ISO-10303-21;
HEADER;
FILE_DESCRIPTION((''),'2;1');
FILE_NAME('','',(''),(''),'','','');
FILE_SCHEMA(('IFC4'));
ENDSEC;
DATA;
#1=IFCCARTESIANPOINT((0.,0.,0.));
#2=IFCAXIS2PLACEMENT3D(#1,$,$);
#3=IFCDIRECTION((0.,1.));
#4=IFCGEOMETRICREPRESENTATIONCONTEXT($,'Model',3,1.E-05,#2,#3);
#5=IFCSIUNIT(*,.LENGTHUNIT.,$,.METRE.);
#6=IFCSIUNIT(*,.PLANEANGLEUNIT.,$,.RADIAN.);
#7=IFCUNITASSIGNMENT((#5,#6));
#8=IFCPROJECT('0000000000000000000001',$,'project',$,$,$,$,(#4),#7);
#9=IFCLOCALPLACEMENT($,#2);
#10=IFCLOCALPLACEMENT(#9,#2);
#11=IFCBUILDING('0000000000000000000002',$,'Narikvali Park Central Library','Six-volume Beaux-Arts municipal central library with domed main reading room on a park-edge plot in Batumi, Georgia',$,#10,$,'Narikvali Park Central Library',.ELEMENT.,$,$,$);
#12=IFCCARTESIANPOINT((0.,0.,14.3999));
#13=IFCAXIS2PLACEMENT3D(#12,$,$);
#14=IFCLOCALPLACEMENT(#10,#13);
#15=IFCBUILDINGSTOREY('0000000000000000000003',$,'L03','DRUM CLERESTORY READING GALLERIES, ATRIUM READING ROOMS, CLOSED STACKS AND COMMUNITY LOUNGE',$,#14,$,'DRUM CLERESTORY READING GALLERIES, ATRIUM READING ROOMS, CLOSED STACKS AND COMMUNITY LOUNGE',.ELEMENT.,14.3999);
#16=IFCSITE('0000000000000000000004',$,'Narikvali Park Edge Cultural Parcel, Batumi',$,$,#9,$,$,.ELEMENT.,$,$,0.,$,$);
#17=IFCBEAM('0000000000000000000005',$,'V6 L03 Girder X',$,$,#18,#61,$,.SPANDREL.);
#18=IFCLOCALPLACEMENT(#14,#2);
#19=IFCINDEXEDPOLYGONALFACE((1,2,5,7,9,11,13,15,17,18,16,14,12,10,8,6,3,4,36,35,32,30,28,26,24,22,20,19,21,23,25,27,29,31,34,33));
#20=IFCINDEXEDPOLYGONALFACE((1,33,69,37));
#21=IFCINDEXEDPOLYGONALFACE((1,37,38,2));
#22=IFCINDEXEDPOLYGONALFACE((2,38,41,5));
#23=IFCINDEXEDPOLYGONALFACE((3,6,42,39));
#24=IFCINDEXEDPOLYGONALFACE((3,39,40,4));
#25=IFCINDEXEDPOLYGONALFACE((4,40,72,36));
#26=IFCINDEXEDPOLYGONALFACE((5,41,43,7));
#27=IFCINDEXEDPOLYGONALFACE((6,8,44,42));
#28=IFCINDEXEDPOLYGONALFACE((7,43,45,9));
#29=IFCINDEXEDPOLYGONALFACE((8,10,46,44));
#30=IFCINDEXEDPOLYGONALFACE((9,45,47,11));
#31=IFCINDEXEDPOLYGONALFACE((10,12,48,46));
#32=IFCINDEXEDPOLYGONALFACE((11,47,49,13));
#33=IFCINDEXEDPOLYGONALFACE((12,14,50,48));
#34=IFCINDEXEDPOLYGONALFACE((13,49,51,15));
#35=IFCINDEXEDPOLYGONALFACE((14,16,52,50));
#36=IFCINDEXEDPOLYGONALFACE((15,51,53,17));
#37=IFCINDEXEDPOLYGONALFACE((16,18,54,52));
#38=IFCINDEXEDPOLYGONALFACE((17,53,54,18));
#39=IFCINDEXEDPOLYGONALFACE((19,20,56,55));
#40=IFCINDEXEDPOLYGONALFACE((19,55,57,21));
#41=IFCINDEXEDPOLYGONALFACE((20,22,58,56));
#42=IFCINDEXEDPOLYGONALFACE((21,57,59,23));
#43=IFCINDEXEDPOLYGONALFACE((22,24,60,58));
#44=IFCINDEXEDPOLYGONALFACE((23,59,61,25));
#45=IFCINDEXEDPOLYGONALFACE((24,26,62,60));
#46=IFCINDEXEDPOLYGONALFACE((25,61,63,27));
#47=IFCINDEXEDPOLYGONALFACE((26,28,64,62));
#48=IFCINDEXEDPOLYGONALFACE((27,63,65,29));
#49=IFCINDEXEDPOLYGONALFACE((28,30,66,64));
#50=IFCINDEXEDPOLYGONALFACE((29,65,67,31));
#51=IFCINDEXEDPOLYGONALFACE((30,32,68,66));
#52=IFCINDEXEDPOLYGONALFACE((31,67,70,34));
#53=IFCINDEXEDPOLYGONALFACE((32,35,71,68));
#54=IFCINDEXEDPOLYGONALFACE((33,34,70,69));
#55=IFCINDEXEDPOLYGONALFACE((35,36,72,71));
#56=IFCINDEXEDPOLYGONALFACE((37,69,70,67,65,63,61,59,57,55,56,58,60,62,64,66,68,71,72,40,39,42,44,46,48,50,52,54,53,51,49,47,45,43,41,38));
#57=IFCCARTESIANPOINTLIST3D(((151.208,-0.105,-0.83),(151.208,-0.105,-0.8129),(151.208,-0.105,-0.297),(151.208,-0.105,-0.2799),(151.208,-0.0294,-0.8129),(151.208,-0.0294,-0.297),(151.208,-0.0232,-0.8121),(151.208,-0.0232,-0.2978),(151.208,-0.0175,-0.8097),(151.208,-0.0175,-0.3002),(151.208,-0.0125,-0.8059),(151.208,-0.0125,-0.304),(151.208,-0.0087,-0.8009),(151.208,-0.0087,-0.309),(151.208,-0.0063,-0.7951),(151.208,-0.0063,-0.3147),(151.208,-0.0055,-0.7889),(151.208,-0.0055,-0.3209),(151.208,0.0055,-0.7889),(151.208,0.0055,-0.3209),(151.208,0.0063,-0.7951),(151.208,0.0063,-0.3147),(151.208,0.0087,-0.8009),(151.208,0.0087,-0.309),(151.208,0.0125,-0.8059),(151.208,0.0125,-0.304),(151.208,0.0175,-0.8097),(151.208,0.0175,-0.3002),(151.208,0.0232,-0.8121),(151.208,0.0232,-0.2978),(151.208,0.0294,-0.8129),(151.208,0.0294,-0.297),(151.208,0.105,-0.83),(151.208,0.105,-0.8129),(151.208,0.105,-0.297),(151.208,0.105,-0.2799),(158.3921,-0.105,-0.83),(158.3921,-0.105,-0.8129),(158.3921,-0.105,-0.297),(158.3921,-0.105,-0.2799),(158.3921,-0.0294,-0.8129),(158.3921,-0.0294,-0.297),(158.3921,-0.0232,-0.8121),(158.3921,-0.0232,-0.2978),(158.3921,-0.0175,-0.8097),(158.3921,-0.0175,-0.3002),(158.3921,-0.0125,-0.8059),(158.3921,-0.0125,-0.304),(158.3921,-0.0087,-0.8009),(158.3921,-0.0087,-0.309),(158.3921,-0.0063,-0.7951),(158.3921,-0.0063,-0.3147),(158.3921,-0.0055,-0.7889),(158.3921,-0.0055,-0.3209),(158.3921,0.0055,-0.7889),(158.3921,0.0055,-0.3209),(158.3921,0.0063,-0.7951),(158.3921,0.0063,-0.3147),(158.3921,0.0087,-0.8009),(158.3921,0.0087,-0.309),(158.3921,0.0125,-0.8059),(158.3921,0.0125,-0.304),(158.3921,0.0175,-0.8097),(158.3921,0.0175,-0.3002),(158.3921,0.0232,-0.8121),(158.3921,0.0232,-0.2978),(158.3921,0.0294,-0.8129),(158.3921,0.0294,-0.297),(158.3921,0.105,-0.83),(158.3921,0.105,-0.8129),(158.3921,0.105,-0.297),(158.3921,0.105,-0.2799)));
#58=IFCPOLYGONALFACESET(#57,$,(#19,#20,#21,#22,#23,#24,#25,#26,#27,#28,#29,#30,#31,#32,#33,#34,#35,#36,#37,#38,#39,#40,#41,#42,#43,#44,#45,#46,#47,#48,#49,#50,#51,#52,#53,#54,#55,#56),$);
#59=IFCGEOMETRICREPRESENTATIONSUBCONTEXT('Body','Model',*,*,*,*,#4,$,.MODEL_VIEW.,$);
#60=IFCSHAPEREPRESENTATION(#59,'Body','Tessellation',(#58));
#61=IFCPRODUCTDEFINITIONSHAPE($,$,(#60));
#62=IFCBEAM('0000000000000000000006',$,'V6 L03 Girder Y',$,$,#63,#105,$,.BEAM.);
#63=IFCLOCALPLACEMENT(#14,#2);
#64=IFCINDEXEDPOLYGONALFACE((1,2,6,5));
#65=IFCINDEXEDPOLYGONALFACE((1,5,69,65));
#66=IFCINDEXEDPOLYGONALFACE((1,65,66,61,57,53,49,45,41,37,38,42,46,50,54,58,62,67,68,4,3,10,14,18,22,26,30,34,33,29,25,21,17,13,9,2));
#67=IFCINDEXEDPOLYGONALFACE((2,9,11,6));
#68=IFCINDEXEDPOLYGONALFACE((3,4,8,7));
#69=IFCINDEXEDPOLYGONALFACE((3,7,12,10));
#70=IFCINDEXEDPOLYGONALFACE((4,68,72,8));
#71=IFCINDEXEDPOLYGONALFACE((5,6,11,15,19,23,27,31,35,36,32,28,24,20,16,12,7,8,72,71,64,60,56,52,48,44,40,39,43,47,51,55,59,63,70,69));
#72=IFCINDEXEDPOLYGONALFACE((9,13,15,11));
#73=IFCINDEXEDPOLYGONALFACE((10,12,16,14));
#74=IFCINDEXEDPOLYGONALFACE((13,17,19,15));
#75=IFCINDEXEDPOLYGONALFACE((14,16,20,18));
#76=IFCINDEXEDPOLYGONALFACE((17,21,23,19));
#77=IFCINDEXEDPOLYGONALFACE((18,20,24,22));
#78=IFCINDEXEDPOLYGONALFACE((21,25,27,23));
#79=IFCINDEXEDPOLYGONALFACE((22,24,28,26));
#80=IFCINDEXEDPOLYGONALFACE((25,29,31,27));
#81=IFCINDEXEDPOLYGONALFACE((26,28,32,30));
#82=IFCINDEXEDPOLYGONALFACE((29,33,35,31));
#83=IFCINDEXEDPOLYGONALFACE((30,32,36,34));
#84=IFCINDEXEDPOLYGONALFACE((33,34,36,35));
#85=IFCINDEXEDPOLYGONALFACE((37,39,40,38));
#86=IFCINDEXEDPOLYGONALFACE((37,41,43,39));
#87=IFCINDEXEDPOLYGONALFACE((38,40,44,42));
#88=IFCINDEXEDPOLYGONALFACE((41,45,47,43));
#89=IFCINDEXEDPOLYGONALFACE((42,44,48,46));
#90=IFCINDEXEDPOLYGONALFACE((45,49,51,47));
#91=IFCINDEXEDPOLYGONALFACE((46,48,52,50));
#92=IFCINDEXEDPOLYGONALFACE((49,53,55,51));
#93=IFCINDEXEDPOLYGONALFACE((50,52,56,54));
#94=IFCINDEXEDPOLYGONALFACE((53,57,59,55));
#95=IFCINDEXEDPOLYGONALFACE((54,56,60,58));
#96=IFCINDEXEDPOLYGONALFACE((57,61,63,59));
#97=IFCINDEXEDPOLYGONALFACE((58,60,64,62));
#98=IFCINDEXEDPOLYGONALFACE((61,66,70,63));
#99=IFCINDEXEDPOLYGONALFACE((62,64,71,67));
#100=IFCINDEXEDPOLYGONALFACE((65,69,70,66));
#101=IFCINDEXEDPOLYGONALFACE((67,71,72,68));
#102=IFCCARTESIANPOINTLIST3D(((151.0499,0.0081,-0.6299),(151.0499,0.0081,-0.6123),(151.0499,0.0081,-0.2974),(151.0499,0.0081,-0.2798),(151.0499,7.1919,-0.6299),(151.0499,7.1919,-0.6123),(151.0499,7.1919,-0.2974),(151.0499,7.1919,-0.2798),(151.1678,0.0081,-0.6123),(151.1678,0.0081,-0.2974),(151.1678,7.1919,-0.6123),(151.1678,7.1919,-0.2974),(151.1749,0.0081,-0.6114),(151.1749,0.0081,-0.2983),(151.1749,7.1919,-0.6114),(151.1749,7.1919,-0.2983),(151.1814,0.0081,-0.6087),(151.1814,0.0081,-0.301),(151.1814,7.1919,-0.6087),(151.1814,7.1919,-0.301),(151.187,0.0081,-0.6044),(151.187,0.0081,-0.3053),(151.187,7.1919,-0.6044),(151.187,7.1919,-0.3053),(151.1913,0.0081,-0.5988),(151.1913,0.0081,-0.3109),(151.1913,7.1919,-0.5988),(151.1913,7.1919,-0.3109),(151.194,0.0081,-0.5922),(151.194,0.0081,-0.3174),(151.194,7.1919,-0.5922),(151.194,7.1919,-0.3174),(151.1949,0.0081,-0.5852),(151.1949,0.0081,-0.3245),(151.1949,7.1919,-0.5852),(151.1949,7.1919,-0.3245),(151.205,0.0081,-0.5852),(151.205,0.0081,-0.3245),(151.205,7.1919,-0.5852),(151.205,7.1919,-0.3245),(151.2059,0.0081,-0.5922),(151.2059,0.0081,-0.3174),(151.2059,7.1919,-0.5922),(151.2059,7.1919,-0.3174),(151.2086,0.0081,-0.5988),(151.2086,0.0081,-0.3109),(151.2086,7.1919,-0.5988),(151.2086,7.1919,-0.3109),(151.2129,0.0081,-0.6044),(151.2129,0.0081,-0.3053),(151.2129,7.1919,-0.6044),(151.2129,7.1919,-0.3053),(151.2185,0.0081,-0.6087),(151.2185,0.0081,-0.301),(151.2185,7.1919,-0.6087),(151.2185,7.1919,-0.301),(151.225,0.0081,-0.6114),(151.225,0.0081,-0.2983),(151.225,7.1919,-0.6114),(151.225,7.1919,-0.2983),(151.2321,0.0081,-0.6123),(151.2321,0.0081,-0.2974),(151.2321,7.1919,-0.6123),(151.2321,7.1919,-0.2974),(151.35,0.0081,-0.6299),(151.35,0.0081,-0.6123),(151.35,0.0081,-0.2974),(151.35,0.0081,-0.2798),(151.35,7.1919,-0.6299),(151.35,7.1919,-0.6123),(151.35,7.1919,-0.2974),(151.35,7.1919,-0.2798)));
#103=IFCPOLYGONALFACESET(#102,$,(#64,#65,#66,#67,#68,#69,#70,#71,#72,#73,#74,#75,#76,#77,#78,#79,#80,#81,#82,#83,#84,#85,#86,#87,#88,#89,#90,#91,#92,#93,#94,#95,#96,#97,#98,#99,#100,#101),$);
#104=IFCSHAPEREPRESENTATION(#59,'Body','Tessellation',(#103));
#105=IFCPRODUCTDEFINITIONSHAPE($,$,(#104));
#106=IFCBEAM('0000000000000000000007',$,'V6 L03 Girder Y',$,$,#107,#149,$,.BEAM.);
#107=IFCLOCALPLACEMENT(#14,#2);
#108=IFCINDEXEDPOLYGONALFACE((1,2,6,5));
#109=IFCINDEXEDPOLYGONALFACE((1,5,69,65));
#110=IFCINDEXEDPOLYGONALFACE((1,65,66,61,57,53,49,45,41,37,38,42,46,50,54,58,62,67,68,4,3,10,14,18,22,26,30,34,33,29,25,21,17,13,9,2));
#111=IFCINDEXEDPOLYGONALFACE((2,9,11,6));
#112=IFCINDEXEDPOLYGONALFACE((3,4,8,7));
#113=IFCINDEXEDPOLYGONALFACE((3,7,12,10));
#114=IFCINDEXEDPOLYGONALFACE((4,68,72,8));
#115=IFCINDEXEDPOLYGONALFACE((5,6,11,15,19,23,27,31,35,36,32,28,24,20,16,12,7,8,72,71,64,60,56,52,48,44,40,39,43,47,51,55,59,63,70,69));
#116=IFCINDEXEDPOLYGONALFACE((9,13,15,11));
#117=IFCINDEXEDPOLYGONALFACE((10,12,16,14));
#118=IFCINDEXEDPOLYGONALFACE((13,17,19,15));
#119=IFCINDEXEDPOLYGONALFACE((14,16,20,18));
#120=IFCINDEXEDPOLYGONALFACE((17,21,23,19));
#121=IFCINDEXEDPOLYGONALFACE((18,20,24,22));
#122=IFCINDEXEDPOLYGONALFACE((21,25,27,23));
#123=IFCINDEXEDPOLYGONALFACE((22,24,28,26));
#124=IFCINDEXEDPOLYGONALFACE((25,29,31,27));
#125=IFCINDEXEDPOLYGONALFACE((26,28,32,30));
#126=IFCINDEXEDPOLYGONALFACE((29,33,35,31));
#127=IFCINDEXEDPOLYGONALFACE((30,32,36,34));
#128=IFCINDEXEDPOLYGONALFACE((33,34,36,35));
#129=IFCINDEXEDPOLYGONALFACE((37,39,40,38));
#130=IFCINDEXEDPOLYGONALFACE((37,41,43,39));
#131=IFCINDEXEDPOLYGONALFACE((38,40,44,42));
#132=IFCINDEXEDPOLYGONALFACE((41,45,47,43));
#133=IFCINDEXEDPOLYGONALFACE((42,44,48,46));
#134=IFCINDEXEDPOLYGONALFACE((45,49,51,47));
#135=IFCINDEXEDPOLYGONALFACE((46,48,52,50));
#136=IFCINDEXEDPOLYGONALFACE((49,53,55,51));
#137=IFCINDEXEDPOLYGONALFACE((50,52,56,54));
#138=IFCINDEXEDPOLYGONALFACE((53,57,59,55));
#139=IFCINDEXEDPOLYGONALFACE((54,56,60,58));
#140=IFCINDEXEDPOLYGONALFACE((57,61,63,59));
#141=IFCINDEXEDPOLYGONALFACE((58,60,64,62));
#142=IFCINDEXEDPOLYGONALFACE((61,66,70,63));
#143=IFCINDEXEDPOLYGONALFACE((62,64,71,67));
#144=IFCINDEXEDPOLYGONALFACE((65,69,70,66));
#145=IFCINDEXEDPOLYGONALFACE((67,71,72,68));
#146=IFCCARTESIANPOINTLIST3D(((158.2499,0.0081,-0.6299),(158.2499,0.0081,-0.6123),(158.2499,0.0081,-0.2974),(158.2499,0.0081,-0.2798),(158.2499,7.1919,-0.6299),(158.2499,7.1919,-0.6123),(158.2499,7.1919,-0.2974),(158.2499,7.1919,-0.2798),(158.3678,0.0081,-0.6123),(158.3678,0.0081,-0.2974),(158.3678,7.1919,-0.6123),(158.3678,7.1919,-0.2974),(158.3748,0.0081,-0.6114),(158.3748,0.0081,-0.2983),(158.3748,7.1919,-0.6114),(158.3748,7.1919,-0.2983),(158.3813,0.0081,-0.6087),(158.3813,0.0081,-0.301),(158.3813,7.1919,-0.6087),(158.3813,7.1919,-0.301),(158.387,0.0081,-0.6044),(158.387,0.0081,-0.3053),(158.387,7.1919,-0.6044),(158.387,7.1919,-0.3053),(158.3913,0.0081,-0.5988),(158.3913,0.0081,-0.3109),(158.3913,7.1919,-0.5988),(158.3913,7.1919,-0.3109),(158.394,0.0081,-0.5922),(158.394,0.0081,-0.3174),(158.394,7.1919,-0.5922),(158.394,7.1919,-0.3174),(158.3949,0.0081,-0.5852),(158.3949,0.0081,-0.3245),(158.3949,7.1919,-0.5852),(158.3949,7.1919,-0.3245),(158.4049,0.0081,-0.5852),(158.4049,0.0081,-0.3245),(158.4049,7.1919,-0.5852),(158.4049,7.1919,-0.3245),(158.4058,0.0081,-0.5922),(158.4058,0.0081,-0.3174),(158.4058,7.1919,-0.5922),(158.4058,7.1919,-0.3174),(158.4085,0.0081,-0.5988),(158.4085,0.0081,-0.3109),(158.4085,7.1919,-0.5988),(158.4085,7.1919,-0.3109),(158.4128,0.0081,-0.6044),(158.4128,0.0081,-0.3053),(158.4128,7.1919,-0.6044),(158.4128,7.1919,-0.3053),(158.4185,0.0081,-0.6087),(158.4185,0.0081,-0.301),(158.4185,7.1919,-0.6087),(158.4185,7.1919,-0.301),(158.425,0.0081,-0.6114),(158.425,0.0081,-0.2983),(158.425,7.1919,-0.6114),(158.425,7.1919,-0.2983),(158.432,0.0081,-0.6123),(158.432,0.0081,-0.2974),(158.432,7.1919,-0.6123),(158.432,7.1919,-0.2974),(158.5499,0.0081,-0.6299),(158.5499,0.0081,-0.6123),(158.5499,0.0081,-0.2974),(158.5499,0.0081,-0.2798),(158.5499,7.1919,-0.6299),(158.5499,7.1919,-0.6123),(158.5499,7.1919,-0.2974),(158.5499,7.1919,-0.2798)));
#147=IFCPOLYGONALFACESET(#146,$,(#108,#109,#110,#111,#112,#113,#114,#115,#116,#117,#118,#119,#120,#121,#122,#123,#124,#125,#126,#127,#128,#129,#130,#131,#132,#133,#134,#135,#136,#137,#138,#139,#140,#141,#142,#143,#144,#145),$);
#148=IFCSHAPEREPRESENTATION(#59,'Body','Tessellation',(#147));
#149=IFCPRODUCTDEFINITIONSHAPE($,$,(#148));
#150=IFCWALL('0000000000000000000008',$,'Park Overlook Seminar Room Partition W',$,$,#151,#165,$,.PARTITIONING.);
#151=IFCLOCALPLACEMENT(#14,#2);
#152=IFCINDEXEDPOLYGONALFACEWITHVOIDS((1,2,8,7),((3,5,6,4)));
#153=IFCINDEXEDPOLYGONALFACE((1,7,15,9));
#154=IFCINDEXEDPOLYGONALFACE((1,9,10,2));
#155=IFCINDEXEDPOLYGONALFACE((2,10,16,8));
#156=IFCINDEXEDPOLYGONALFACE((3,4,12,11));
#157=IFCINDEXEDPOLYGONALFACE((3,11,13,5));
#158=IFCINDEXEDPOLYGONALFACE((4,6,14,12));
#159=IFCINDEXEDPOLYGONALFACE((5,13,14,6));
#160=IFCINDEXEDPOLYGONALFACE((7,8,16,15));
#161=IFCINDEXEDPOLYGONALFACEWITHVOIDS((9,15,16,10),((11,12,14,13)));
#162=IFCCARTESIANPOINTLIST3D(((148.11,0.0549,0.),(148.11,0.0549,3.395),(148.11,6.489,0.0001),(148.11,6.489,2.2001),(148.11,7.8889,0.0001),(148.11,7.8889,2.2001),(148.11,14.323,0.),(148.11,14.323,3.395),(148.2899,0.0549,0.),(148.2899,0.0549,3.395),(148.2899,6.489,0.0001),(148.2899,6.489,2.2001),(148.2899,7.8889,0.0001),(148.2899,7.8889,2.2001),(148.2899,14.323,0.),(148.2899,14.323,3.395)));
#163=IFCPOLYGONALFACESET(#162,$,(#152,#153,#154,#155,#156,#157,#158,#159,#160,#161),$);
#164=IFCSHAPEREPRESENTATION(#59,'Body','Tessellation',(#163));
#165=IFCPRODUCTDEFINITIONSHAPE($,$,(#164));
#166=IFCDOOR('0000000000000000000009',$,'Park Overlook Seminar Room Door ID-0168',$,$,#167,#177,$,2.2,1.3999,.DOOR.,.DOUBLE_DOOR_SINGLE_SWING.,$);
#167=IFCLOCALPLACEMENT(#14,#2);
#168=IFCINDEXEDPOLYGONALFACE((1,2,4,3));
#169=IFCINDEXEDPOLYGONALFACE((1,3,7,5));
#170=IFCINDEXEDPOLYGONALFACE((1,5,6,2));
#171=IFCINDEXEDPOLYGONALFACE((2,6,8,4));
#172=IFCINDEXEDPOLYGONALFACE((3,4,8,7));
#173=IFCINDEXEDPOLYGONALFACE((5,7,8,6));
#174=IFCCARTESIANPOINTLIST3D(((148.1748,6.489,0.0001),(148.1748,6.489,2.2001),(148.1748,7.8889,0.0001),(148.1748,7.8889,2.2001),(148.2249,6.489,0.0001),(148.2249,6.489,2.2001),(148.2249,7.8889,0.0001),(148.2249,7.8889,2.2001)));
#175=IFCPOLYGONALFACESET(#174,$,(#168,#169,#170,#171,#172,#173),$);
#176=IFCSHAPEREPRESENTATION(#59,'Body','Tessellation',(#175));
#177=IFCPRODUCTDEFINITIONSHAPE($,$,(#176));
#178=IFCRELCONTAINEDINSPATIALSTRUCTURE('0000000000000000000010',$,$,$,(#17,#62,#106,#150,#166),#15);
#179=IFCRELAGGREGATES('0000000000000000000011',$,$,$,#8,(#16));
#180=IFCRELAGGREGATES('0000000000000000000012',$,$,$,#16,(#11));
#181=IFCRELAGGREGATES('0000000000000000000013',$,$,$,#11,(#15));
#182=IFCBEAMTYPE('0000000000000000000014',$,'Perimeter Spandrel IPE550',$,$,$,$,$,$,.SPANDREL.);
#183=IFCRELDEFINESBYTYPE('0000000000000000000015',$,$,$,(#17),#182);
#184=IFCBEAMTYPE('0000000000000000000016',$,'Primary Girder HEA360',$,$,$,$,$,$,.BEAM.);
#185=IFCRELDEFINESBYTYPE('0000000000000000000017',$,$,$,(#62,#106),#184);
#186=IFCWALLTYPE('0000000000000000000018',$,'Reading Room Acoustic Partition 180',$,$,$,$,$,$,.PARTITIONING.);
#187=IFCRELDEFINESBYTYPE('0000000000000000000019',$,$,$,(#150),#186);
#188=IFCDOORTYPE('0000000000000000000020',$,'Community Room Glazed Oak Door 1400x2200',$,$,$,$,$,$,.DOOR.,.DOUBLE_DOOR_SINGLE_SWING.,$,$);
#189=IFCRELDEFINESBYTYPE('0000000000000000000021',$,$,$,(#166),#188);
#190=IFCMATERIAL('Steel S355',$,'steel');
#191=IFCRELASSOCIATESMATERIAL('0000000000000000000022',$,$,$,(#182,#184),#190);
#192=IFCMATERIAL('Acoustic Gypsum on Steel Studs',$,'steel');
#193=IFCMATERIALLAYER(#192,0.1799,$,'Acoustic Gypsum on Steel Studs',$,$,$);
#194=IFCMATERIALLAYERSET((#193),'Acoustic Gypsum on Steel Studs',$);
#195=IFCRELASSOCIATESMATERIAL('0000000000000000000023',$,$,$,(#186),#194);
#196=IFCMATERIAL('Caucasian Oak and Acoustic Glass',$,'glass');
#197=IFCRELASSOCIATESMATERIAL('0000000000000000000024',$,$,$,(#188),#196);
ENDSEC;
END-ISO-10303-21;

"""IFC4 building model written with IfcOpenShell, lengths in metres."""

from ifc_helpers import new_model, si_unit, direction, frame, frame_2d, origin, origin_2d, place, context, subcontext, project, spatial, rectangle, i_section, extrude, material, layer, layer_set, material_profile, profile_set, type_object, element, fill, save


model = new_model("IFC4")

# Units and contexts
model_context = context("Model", 3, precision=1e-05, world=origin(), true_north=direction((0.0, 1.0)))
body_context = subcontext(model_context, "Body", "Model", "MODEL_VIEW")
ifc_project = project(units=[si_unit("LENGTHUNIT", "METRE"), si_unit("PLANEANGLEUNIT", "RADIAN")], contexts=[model_context])

# Site, building, storey
site_placement = place(None, origin())
site = spatial("IfcSite", under=ifc_project, at=site_placement, Name="Narikvali Park Edge Cultural Parcel, Batumi", CompositionType="ELEMENT", RefElevation=0.0)
building_placement = place(site_placement, origin())
building = spatial("IfcBuilding", under=site, at=building_placement, Name="Narikvali Park Central Library", Description="Six-volume Beaux-Arts municipal central library with domed main reading room on a park-edge plot in Batumi, Georgia", LongName="Narikvali Park Central Library", CompositionType="ELEMENT")
storey_placement = place(building_placement, frame((0.0, 0.0, 14.3999)))
storey = spatial("IfcBuildingStorey", under=building, at=storey_placement, Name="L03", Description="DRUM CLERESTORY READING GALLERIES, ATRIUM READING ROOMS, CLOSED STACKS AND COMMUNITY LOUNGE", LongName="DRUM CLERESTORY READING GALLERIES, ATRIUM READING ROOMS, CLOSED STACKS AND COMMUNITY LOUNGE", CompositionType="ELEMENT", Elevation=14.3999)

# Shared definitions
ifc_material_1 = material(Name="Steel S355", Category="steel")

# Beams
ifc_material_profile_1 = material_profile(ifc_material_1, i_section(OverallWidth=0.21, OverallDepth=0.55, WebThickness=0.011, FlangeThickness=0.0171, FilletRadius=0.0239, at=origin_2d()), Name="IPE 550")
ifc_profile_set_1 = profile_set([ifc_material_profile_1], Name="Steel S355")
beam_type_1 = type_object("IfcBeamType", Name="Perimeter Spandrel IPE550", PredefinedType="SPANDREL", material=ifc_profile_set_1)
beam_1_placement = place(storey_placement, frame((151.208, 0.0, -0.5549), z_axis=(1.0, 0.0, 0.0), x_axis=(0.0, 1.0, 0.0)))
element("IfcBeam", 1, at=beam_1_placement, inside=storey, type_object=beam_type_1, Name="V6 L03 Girder X", PredefinedType="SPANDREL", context=body_context, shape_type="SweptSolid", body=[
    extrude(i_section(OverallWidth=0.21, OverallDepth=0.55, WebThickness=0.011, FlangeThickness=0.0171, FilletRadius=0.0239, at=origin_2d()), origin(), (0.0, 0.0, 1.0), 7.1841),
])
ifc_material_profile_2 = material_profile(ifc_material_1, i_section(OverallWidth=0.3, OverallDepth=0.3501, WebThickness=0.01, FlangeThickness=0.0176, FilletRadius=0.0271, at=origin_2d()), Name="HEA 360")
ifc_profile_set_2 = profile_set([ifc_material_profile_2], Name="Steel S355")
beam_type_2 = type_object("IfcBeamType", Name="Primary Girder HEA360", PredefinedType="BEAM", material=ifc_profile_set_2)
for number, where, z_axis, x_axis, name in (
    (2, (151.2, 0.0081, -0.4548), (0.0, 1.0, 0.0), (-1.0, 0.0, 0.0), "V6 L03 Girder Y"),
    (3, (158.3999, 0.0081, -0.4548), (0.0, 1.0, 0.0), (-1.0, 0.0, 0.0), "V6 L03 Girder Y"),
):
    element("IfcBeam", number, at=place(storey_placement, frame(where, z_axis=z_axis, x_axis=x_axis)), inside=storey, type_object=beam_type_2, Name=name, PredefinedType="BEAM", context=body_context, shape_type="SweptSolid", body=[
        extrude(i_section(OverallWidth=0.3, OverallDepth=0.3501, WebThickness=0.01, FlangeThickness=0.0176, FilletRadius=0.0271, at=origin_2d()), origin(), (0.0, 0.0, 1.0), 7.1838),
    ])

# Wall, opening, door
ifc_material_2 = material(Name="Acoustic Gypsum on Steel Studs", Category="steel")
ifc_layer_1 = layer(ifc_material_2, 0.1799, Name="Acoustic Gypsum on Steel Studs")
ifc_layer_set_1 = layer_set([ifc_layer_1], Name="Acoustic Gypsum on Steel Studs")
wall_type_1 = type_object("IfcWallType", Name="Reading Room Acoustic Partition 180", PredefinedType="PARTITIONING", material=ifc_layer_set_1)
wall_1_placement = place(storey_placement, frame((148.2, 0.0549, 0.0), z_axis=(0.0, 0.0, 1.0), x_axis=(0.0, 1.0, 0.0)))
wall_1 = element("IfcWall", 4, at=wall_1_placement, inside=storey, type_object=wall_type_1, Name="Park Overlook Seminar Room Partition W", PredefinedType="PARTITIONING", context=body_context, shape_type="SweptSolid", body=[
    extrude(rectangle(XDim=14.2681, YDim=0.1799, at=frame_2d((7.134, 0.0))), origin(), (0.0, 0.0, 1.0), 3.395),
])
opening_1_placement = place(wall_1_placement, frame((6.4341, 0.0, 0.0)))
opening_1 = element("IfcOpeningElement", 5, at=opening_1_placement, cuts=wall_1, PredefinedType="OPENING", context=body_context, shape_type="SweptSolid", body=[
    extrude(rectangle(XDim=1.3999, YDim=2.2, at=frame_2d((0.7, 1.1001))), frame((0.0, 0.1021, 0.0), z_axis=(0.0, -1.0, 0.0), x_axis=(1.0, 0.0, 0.0)), (0.0, 0.0, 1.0), 0.2039),
])
ifc_material_3 = material(Name="Caucasian Oak and Acoustic Glass", Category="glass")
door_type = type_object("IfcDoorType", Name="Community Room Glazed Oak Door 1400x2200", OperationType="DOUBLE_DOOR_SINGLE_SWING", PredefinedType="DOOR", material=ifc_material_3)
door_placement = place(opening_1_placement, frame((1.3999, 0.0, 0.0), z_axis=(0.0, 0.0, 1.0), x_axis=(-1.0, 0.0, 0.0)))
door = element("IfcDoor", 6, at=door_placement, inside=storey, type_object=door_type, Name="Park Overlook Seminar Room Door ID-0168", OperationType="DOUBLE_DOOR_SINGLE_SWING", OverallHeight=2.2, OverallWidth=1.3999, PredefinedType="DOOR", context=body_context, shape_type="SweptSolid", body=[
    extrude(rectangle(XDim=1.3999, YDim=2.2, at=frame_2d((0.7, 1.1001))), frame((0.0, 0.0249, 0.0), z_axis=(0.0, -1.0, 0.0), x_axis=(1.0, 0.0, 0.0)), (0.0, 0.0, 1.0), 0.05),
])
fill(opening_1, door)

save(model, "model.ifc")
